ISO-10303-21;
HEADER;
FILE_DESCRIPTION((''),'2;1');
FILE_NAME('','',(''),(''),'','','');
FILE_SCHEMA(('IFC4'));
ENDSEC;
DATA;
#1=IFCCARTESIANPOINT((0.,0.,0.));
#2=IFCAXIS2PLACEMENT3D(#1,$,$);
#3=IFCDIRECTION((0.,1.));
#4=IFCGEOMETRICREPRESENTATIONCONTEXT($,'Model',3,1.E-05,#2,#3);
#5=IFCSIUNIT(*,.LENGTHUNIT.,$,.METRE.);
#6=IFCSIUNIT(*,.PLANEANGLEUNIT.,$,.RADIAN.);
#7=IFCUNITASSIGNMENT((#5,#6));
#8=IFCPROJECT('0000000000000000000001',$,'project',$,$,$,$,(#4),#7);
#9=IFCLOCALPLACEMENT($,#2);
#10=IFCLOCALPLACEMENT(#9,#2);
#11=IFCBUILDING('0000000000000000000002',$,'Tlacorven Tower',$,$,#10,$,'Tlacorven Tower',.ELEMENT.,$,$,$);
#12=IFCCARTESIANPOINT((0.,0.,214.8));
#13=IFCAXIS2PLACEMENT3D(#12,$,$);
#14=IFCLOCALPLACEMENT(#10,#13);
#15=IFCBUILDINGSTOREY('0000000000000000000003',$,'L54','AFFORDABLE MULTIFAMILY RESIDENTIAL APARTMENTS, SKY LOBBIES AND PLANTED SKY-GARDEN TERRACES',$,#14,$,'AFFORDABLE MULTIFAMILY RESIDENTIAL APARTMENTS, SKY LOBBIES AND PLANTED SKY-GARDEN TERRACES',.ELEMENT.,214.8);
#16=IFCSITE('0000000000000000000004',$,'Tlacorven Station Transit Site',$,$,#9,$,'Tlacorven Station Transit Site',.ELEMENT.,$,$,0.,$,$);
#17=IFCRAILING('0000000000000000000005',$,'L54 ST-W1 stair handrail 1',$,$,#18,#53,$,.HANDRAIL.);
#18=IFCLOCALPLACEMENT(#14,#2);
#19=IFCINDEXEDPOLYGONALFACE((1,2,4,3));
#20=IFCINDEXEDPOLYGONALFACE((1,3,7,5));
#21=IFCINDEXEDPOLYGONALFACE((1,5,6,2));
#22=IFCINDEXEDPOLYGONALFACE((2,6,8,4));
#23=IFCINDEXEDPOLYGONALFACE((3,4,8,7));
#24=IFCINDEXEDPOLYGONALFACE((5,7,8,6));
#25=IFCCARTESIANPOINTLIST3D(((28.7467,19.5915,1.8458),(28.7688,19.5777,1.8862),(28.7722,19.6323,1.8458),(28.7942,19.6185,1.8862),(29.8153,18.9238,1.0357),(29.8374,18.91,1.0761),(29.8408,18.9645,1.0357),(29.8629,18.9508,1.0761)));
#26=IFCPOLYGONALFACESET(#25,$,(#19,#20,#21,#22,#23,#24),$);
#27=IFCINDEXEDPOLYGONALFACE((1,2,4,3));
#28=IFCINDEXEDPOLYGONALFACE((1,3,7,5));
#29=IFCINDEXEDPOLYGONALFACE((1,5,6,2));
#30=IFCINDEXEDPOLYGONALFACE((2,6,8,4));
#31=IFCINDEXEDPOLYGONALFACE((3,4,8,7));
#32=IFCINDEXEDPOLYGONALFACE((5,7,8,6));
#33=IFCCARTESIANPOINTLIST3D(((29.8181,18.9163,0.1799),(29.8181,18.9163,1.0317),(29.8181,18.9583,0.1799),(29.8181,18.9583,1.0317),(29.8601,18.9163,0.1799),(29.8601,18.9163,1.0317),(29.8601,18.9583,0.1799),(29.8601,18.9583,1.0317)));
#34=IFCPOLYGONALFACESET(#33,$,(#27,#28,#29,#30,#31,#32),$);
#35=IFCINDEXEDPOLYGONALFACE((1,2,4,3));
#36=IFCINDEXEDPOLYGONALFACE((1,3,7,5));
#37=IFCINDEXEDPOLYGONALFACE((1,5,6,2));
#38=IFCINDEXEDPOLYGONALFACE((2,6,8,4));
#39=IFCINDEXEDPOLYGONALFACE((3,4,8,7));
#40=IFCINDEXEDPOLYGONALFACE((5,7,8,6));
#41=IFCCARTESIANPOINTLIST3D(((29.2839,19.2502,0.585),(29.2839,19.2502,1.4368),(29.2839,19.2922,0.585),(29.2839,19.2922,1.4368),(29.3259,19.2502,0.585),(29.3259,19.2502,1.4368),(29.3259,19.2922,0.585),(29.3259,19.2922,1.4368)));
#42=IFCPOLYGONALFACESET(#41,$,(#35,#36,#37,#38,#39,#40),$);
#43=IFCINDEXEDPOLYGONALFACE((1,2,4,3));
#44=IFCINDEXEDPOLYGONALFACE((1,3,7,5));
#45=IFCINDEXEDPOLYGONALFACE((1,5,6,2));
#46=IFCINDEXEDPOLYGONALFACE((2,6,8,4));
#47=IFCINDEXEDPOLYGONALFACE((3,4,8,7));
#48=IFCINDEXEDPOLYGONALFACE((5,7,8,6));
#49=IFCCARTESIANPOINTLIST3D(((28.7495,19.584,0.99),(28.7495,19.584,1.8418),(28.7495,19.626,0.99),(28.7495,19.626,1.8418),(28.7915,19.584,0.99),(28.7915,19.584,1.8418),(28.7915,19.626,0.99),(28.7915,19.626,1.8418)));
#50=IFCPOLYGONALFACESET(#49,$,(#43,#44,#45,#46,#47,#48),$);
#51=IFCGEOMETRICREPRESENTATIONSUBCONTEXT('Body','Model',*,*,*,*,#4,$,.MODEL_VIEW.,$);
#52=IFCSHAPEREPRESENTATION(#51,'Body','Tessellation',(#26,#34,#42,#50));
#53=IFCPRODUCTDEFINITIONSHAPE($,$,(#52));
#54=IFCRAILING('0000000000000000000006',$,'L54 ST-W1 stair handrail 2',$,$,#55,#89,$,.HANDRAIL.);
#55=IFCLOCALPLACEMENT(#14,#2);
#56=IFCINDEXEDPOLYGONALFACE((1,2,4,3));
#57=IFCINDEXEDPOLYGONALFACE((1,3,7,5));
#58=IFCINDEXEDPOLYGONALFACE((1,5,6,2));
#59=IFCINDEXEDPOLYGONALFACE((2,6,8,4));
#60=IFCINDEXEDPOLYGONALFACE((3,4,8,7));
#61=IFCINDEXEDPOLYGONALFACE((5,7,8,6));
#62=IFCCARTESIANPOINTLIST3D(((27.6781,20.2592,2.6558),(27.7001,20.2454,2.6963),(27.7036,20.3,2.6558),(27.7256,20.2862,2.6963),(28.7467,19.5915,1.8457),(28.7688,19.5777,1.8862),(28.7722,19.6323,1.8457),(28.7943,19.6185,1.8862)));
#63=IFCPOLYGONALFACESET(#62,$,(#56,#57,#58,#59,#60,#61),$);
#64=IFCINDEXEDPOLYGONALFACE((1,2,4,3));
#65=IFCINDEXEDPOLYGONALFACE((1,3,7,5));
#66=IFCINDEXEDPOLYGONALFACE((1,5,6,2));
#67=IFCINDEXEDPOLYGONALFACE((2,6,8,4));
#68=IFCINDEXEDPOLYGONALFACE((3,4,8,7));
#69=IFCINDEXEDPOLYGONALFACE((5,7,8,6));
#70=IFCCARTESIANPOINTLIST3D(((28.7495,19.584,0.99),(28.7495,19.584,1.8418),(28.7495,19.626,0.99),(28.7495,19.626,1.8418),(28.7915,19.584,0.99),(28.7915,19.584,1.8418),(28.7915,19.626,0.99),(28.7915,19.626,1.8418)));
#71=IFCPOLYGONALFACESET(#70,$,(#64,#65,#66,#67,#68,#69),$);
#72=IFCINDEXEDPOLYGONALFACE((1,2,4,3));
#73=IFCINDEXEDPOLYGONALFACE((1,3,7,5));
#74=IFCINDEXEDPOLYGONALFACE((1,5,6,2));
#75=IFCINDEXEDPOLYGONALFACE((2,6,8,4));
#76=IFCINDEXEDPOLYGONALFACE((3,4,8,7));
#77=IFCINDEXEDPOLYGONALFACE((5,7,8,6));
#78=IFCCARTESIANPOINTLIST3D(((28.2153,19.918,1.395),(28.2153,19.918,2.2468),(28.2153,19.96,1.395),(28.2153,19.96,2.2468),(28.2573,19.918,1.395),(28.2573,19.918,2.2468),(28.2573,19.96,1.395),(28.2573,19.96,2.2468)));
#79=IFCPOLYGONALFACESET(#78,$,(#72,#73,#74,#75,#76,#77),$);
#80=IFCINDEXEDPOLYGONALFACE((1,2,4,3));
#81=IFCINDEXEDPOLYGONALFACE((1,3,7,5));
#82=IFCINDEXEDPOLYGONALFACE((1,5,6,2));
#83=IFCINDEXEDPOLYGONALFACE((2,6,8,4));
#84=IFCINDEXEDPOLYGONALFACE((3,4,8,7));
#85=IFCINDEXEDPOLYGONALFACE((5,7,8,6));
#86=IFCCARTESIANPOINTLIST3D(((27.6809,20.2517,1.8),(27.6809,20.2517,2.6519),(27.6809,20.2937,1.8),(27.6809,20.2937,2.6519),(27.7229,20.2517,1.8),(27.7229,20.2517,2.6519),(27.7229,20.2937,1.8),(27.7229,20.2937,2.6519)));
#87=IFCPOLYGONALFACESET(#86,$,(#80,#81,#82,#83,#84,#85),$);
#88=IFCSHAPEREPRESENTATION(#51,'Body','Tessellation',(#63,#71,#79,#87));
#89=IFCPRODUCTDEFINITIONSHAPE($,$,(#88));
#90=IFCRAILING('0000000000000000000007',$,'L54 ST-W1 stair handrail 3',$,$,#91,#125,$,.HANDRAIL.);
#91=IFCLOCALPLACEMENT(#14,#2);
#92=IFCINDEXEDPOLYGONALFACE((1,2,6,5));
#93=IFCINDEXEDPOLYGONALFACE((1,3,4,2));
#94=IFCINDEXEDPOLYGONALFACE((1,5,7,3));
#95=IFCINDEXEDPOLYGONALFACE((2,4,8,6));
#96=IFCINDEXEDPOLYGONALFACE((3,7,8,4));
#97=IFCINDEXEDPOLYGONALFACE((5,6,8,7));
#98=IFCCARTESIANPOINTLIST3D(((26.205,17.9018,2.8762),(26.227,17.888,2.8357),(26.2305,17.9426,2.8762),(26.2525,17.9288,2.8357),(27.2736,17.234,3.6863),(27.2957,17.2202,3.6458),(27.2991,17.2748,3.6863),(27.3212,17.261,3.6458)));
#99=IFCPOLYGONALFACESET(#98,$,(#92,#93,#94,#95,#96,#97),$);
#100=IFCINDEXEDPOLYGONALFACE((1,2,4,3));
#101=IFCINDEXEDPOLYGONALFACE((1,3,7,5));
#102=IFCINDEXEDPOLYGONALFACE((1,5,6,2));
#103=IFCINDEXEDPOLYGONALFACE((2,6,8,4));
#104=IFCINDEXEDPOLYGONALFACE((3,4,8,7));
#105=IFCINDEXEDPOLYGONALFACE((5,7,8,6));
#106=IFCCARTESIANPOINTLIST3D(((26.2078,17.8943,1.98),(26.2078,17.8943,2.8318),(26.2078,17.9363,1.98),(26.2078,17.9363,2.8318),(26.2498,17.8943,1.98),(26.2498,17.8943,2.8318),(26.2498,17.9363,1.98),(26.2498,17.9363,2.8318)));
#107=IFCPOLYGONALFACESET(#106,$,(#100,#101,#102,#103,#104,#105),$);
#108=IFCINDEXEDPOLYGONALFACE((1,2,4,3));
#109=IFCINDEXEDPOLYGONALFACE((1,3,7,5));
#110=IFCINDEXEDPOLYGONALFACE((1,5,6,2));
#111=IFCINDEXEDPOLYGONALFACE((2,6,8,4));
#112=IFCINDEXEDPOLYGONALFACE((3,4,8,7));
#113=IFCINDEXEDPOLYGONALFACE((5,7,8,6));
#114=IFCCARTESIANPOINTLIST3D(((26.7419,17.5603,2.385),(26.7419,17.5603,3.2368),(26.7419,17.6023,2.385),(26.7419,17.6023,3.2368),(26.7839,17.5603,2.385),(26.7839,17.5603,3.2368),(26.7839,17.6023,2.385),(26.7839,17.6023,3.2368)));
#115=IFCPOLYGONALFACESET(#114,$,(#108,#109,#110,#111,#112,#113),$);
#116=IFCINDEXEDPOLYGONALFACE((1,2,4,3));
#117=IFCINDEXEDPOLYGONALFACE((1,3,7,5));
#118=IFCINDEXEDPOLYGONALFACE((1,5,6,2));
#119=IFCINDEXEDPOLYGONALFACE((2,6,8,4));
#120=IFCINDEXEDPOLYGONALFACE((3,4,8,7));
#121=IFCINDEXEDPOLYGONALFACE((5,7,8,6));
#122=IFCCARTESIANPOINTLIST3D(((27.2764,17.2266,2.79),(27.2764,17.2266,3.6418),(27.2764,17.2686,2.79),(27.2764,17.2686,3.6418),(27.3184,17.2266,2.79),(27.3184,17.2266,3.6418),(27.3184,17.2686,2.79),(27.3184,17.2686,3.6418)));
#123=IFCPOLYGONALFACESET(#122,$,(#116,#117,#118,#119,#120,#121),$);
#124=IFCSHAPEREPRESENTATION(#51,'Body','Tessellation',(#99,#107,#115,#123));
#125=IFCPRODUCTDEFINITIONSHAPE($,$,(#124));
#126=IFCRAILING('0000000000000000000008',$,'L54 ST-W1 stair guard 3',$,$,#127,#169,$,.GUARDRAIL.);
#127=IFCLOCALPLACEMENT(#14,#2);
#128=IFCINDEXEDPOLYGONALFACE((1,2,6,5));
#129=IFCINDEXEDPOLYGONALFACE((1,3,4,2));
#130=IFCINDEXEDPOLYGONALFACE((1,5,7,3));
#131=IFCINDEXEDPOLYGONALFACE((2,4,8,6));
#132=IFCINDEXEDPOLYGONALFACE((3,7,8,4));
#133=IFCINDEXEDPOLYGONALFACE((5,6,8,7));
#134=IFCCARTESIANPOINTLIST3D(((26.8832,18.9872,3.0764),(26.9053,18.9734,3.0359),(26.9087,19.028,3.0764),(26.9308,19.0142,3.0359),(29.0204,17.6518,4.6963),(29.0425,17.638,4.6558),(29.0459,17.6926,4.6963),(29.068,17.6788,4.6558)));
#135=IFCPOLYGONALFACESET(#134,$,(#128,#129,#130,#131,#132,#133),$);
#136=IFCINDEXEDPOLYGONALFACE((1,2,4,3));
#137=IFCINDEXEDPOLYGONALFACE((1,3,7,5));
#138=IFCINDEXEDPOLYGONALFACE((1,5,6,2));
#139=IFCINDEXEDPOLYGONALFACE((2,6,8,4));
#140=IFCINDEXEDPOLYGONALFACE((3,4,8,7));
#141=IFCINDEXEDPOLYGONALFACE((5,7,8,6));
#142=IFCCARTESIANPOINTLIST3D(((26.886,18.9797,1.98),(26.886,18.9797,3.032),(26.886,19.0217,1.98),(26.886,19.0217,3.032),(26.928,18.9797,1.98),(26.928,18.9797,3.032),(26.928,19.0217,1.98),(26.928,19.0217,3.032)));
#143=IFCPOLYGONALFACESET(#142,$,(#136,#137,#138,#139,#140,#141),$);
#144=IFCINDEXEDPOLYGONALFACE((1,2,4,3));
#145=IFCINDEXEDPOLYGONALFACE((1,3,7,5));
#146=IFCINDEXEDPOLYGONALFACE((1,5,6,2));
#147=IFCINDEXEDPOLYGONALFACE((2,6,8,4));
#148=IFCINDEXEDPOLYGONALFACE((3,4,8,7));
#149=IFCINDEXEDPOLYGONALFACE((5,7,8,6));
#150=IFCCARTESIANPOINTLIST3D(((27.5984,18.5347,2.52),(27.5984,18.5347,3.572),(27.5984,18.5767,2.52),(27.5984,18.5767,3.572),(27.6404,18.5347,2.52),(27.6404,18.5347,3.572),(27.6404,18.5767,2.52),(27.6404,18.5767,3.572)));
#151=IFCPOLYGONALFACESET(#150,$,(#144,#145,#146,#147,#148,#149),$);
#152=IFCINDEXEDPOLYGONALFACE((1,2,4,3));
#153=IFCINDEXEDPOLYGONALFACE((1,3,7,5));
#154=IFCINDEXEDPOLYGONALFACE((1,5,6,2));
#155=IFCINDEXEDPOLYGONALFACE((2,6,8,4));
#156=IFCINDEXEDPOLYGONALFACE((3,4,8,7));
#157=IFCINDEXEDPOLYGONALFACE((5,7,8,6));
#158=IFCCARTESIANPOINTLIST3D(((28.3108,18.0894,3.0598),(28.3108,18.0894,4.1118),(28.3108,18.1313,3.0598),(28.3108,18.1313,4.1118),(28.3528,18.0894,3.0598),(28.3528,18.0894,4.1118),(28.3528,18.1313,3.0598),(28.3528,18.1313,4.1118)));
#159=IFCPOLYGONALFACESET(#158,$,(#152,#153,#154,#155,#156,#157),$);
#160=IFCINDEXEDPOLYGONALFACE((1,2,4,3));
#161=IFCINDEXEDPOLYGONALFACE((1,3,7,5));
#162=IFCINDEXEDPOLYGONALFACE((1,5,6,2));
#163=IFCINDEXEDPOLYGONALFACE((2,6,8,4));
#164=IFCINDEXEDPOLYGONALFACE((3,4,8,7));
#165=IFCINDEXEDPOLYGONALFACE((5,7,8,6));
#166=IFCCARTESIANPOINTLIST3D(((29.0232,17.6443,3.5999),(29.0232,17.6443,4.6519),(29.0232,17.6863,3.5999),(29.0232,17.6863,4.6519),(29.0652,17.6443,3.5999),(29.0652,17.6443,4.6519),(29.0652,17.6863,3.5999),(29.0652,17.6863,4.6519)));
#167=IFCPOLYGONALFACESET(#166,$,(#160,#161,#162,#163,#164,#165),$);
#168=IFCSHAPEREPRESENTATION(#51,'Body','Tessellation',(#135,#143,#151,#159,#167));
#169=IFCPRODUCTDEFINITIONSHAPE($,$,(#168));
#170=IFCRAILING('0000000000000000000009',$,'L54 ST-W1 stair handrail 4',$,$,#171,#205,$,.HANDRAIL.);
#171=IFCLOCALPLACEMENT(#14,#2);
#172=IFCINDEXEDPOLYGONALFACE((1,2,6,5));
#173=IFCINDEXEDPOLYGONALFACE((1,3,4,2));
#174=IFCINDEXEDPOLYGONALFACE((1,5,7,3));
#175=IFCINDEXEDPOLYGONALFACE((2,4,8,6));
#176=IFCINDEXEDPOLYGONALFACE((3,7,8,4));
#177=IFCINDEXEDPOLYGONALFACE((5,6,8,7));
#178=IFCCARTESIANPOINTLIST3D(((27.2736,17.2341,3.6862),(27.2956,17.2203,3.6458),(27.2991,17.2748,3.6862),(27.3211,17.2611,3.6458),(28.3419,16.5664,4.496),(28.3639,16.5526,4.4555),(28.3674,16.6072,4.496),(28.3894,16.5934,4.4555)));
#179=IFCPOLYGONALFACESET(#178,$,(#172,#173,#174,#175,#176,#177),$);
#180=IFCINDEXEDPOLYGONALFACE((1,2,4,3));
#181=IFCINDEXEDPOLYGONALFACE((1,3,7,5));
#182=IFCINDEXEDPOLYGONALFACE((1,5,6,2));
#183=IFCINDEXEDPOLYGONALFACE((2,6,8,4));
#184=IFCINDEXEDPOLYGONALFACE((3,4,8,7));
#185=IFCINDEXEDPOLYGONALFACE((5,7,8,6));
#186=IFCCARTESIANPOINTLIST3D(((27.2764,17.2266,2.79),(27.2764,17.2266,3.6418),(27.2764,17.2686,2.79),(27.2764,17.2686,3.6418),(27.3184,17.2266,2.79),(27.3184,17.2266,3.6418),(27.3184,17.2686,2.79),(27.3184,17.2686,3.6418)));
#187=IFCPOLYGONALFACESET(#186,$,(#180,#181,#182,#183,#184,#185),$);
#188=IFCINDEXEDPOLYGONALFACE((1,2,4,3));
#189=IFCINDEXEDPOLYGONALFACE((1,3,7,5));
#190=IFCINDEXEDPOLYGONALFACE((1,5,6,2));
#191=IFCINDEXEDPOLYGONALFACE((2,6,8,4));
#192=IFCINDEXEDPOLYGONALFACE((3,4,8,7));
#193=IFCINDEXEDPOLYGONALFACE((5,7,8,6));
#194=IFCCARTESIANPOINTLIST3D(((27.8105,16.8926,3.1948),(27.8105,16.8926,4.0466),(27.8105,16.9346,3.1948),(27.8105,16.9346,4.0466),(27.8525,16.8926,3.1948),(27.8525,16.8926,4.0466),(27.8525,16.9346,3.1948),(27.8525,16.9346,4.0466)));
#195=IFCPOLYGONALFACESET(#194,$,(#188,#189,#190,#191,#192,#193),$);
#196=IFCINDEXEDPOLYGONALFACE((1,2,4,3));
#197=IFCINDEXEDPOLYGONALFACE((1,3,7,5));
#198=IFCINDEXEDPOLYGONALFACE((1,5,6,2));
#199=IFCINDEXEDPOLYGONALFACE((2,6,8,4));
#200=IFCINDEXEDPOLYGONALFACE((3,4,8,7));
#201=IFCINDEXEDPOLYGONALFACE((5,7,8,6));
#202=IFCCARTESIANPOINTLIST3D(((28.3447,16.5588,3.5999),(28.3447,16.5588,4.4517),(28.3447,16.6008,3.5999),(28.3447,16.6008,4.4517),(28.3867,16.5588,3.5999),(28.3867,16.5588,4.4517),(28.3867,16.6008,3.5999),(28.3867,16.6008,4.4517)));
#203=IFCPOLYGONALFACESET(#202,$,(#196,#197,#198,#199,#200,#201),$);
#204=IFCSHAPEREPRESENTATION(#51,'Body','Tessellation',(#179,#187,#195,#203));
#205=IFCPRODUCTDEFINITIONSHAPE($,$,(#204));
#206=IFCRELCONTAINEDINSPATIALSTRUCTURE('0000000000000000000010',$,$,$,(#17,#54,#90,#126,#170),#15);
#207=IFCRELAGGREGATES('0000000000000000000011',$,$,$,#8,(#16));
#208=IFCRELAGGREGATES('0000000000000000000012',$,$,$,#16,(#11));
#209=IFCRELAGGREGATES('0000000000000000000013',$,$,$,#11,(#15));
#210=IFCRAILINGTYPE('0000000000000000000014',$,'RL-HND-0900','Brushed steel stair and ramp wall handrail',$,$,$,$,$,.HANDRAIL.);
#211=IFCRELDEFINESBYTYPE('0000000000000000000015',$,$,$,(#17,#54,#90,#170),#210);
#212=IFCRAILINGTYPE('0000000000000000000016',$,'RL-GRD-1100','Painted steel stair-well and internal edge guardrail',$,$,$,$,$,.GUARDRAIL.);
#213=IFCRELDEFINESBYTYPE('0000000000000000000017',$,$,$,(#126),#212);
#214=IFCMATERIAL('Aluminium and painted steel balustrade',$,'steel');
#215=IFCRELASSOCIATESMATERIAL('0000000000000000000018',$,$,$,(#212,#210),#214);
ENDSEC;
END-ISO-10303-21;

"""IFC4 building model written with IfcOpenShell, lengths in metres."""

from ifc_helpers import new_model, si_unit, direction, frame, origin, origin_2d, place, context, subcontext, project, spatial, rectangle, extrude, source, transform, mapped, material, type_object, element, save


model = new_model("IFC4")

# Units and contexts
model_context = context("Model", 3, precision=1e-05, world=origin(), true_north=direction((0.0, 1.0)))
body_context = subcontext(model_context, "Body", "Model", "MODEL_VIEW")
ifc_project = project(units=[si_unit("LENGTHUNIT", "METRE"), si_unit("PLANEANGLEUNIT", "RADIAN")], contexts=[model_context])

# Site, building, storey
site_placement = place(None, origin())
site = spatial("IfcSite", under=ifc_project, at=site_placement, Name="Tlacorven Station Transit Site", LongName="Tlacorven Station Transit Site", CompositionType="ELEMENT", RefElevation=0.0)
building_placement = place(site_placement, origin())
building = spatial("IfcBuilding", under=site, at=building_placement, Name="Tlacorven Tower", LongName="Tlacorven Tower", CompositionType="ELEMENT")
storey_placement = place(building_placement, frame((0.0, 0.0, 214.8)))
storey = spatial("IfcBuildingStorey", under=building, at=storey_placement, Name="L54", Description="AFFORDABLE MULTIFAMILY RESIDENTIAL APARTMENTS, SKY LOBBIES AND PLANTED SKY-GARDEN TERRACES", LongName="AFFORDABLE MULTIFAMILY RESIDENTIAL APARTMENTS, SKY LOBBIES AND PLANTED SKY-GARDEN TERRACES", CompositionType="ELEMENT", Elevation=214.8)

# Railings
ifc_material_1 = material(Name="Aluminium and painted steel balustrade", Category="steel")
railing_type_1 = type_object("IfcRailingType", Name="RL-GRD-1100", Description="Painted steel stair-well and internal edge guardrail", PredefinedType="GUARDRAIL", material=ifc_material_1)
railing_type_2 = type_object("IfcRailingType", Name="RL-HND-0900", Description="Brushed steel stair and ramp wall handrail", PredefinedType="HANDRAIL", material=ifc_material_1)
shared_shape_1 = source(origin(), body_context, "Body", "SweptSolid", [
    extrude(rectangle(XDim=0.0481, YDim=0.0481, at=origin_2d()), frame((0.0, 0.0, 0.876), z_axis=(-0.71336, 0.445748, 0.540765), x_axis=(-0.529912, -0.848053, 0.0)), (0.0, 0.0, 1.0), 1.498),
    extrude(rectangle(XDim=0.042, YDim=0.042, at=origin_2d()), origin(), (0.0, 0.0, 1.0), 0.8518),
    extrude(rectangle(XDim=0.042, YDim=0.042, at=origin_2d()), frame((-0.5342, 0.334, 0.405)), (0.0, 0.0, 1.0), 0.8518),
    extrude(rectangle(XDim=0.042, YDim=0.042, at=origin_2d()), frame((-1.0686, 0.6677, 0.8101)), (0.0, 0.0, 1.0), 0.8518),
])
for number, where, name in (
    (1, (29.8391, 18.9373, 0.1799), "L54 ST-W1 stair handrail 1"),
    (2, (28.7705, 19.605, 0.99), "L54 ST-W1 stair handrail 2"),
):
    element("IfcRailing", number, at=place(storey_placement, frame(where)), inside=storey, type_object=railing_type_2, Name=name, PredefinedType="HANDRAIL", context=body_context, shape_type="MappedRepresentation", body=[
        mapped(shared_shape_1, transform((0.0, 0.0, 0.0), scale=1.0)),
    ])
shared_shape_2 = source(origin(), body_context, "Body", "SweptSolid", [
    extrude(rectangle(XDim=0.0481, YDim=0.0481, at=origin_2d()), frame((0.0, 0.0, 0.876), z_axis=(0.71336, -0.445748, 0.540765), x_axis=(0.529912, 0.848053, 0.0)), (0.0, 0.0, 1.0), 1.498),
    extrude(rectangle(XDim=0.042, YDim=0.042, at=origin_2d()), origin(), (0.0, 0.0, 1.0), 0.8518),
    extrude(rectangle(XDim=0.042, YDim=0.042, at=origin_2d()), frame((0.5342, -0.334, 0.405)), (0.0, 0.0, 1.0), 0.8518),
    extrude(rectangle(XDim=0.042, YDim=0.042, at=origin_2d()), frame((1.0686, -0.6677, 0.8101)), (0.0, 0.0, 1.0), 0.8518),
])
railing_1_placement = place(storey_placement, frame((26.2288, 17.9153, 1.98)))
element("IfcRailing", 3, at=railing_1_placement, inside=storey, type_object=railing_type_2, Name="L54 ST-W1 stair handrail 3", PredefinedType="HANDRAIL", context=body_context, shape_type="MappedRepresentation", body=[
    mapped(shared_shape_2, transform((0.0, 0.0, 0.0), scale=1.0)),
])
shared_shape_3 = source(origin(), body_context, "Body", "SweptSolid", [
    extrude(rectangle(XDim=0.0481, YDim=0.0481, at=origin_2d()), frame((0.0, 0.0, 1.0762), z_axis=(0.713391, -0.445768, 0.540707), x_axis=(0.529912, 0.848053, 0.0)), (0.0, 0.0, 1.0), 2.9958),
    extrude(rectangle(XDim=0.042, YDim=0.042, at=origin_2d()), origin(), (0.0, 0.0, 1.0), 1.052),
    extrude(rectangle(XDim=0.042, YDim=0.042, at=origin_2d()), frame((0.7124, -0.4451, 0.54)), (0.0, 0.0, 1.0), 1.052),
    extrude(rectangle(XDim=0.042, YDim=0.042, at=origin_2d()), frame((1.4248, -0.8904, 1.0798)), (0.0, 0.0, 1.0), 1.052),
    extrude(rectangle(XDim=0.042, YDim=0.042, at=origin_2d()), frame((2.1372, -1.3354, 1.6199)), (0.0, 0.0, 1.0), 1.052),
])
railing_2_placement = place(storey_placement, frame((26.907, 19.0007, 1.98)))
element("IfcRailing", 4, at=railing_2_placement, inside=storey, type_object=railing_type_1, Name="L54 ST-W1 stair guard 3", PredefinedType="GUARDRAIL", context=body_context, shape_type="MappedRepresentation", body=[
    mapped(shared_shape_3, transform((0.0, 0.0, 0.0), scale=1.0)),
])
shared_shape_4 = source(origin(), body_context, "Body", "SweptSolid", [
    extrude(rectangle(XDim=0.0481, YDim=0.0481, at=origin_2d()), frame((0.0, 0.0, 0.876), z_axis=(0.713343, -0.445839, 0.540712), x_axis=(0.529999, 0.847998, 0.0)), (0.0, 0.0, 1.0), 1.4976),
    extrude(rectangle(XDim=0.042, YDim=0.042, at=origin_2d()), origin(), (0.0, 0.0, 1.0), 0.8518),
    extrude(rectangle(XDim=0.042, YDim=0.042, at=origin_2d()), frame((0.5342, -0.334, 0.4048)), (0.0, 0.0, 1.0), 0.8518),
    extrude(rectangle(XDim=0.042, YDim=0.042, at=origin_2d()), frame((1.0684, -0.6677, 0.8098)), (0.0, 0.0, 1.0), 0.8518),
])
railing_3_placement = place(storey_placement, frame((27.2974, 17.2476, 2.79)))
element("IfcRailing", 5, at=railing_3_placement, inside=storey, type_object=railing_type_2, Name="L54 ST-W1 stair handrail 4", PredefinedType="HANDRAIL", context=body_context, shape_type="MappedRepresentation", body=[
    mapped(shared_shape_4, transform((0.0, 0.0, 0.0), scale=1.0)),
])

save(model, "model.ifc")
